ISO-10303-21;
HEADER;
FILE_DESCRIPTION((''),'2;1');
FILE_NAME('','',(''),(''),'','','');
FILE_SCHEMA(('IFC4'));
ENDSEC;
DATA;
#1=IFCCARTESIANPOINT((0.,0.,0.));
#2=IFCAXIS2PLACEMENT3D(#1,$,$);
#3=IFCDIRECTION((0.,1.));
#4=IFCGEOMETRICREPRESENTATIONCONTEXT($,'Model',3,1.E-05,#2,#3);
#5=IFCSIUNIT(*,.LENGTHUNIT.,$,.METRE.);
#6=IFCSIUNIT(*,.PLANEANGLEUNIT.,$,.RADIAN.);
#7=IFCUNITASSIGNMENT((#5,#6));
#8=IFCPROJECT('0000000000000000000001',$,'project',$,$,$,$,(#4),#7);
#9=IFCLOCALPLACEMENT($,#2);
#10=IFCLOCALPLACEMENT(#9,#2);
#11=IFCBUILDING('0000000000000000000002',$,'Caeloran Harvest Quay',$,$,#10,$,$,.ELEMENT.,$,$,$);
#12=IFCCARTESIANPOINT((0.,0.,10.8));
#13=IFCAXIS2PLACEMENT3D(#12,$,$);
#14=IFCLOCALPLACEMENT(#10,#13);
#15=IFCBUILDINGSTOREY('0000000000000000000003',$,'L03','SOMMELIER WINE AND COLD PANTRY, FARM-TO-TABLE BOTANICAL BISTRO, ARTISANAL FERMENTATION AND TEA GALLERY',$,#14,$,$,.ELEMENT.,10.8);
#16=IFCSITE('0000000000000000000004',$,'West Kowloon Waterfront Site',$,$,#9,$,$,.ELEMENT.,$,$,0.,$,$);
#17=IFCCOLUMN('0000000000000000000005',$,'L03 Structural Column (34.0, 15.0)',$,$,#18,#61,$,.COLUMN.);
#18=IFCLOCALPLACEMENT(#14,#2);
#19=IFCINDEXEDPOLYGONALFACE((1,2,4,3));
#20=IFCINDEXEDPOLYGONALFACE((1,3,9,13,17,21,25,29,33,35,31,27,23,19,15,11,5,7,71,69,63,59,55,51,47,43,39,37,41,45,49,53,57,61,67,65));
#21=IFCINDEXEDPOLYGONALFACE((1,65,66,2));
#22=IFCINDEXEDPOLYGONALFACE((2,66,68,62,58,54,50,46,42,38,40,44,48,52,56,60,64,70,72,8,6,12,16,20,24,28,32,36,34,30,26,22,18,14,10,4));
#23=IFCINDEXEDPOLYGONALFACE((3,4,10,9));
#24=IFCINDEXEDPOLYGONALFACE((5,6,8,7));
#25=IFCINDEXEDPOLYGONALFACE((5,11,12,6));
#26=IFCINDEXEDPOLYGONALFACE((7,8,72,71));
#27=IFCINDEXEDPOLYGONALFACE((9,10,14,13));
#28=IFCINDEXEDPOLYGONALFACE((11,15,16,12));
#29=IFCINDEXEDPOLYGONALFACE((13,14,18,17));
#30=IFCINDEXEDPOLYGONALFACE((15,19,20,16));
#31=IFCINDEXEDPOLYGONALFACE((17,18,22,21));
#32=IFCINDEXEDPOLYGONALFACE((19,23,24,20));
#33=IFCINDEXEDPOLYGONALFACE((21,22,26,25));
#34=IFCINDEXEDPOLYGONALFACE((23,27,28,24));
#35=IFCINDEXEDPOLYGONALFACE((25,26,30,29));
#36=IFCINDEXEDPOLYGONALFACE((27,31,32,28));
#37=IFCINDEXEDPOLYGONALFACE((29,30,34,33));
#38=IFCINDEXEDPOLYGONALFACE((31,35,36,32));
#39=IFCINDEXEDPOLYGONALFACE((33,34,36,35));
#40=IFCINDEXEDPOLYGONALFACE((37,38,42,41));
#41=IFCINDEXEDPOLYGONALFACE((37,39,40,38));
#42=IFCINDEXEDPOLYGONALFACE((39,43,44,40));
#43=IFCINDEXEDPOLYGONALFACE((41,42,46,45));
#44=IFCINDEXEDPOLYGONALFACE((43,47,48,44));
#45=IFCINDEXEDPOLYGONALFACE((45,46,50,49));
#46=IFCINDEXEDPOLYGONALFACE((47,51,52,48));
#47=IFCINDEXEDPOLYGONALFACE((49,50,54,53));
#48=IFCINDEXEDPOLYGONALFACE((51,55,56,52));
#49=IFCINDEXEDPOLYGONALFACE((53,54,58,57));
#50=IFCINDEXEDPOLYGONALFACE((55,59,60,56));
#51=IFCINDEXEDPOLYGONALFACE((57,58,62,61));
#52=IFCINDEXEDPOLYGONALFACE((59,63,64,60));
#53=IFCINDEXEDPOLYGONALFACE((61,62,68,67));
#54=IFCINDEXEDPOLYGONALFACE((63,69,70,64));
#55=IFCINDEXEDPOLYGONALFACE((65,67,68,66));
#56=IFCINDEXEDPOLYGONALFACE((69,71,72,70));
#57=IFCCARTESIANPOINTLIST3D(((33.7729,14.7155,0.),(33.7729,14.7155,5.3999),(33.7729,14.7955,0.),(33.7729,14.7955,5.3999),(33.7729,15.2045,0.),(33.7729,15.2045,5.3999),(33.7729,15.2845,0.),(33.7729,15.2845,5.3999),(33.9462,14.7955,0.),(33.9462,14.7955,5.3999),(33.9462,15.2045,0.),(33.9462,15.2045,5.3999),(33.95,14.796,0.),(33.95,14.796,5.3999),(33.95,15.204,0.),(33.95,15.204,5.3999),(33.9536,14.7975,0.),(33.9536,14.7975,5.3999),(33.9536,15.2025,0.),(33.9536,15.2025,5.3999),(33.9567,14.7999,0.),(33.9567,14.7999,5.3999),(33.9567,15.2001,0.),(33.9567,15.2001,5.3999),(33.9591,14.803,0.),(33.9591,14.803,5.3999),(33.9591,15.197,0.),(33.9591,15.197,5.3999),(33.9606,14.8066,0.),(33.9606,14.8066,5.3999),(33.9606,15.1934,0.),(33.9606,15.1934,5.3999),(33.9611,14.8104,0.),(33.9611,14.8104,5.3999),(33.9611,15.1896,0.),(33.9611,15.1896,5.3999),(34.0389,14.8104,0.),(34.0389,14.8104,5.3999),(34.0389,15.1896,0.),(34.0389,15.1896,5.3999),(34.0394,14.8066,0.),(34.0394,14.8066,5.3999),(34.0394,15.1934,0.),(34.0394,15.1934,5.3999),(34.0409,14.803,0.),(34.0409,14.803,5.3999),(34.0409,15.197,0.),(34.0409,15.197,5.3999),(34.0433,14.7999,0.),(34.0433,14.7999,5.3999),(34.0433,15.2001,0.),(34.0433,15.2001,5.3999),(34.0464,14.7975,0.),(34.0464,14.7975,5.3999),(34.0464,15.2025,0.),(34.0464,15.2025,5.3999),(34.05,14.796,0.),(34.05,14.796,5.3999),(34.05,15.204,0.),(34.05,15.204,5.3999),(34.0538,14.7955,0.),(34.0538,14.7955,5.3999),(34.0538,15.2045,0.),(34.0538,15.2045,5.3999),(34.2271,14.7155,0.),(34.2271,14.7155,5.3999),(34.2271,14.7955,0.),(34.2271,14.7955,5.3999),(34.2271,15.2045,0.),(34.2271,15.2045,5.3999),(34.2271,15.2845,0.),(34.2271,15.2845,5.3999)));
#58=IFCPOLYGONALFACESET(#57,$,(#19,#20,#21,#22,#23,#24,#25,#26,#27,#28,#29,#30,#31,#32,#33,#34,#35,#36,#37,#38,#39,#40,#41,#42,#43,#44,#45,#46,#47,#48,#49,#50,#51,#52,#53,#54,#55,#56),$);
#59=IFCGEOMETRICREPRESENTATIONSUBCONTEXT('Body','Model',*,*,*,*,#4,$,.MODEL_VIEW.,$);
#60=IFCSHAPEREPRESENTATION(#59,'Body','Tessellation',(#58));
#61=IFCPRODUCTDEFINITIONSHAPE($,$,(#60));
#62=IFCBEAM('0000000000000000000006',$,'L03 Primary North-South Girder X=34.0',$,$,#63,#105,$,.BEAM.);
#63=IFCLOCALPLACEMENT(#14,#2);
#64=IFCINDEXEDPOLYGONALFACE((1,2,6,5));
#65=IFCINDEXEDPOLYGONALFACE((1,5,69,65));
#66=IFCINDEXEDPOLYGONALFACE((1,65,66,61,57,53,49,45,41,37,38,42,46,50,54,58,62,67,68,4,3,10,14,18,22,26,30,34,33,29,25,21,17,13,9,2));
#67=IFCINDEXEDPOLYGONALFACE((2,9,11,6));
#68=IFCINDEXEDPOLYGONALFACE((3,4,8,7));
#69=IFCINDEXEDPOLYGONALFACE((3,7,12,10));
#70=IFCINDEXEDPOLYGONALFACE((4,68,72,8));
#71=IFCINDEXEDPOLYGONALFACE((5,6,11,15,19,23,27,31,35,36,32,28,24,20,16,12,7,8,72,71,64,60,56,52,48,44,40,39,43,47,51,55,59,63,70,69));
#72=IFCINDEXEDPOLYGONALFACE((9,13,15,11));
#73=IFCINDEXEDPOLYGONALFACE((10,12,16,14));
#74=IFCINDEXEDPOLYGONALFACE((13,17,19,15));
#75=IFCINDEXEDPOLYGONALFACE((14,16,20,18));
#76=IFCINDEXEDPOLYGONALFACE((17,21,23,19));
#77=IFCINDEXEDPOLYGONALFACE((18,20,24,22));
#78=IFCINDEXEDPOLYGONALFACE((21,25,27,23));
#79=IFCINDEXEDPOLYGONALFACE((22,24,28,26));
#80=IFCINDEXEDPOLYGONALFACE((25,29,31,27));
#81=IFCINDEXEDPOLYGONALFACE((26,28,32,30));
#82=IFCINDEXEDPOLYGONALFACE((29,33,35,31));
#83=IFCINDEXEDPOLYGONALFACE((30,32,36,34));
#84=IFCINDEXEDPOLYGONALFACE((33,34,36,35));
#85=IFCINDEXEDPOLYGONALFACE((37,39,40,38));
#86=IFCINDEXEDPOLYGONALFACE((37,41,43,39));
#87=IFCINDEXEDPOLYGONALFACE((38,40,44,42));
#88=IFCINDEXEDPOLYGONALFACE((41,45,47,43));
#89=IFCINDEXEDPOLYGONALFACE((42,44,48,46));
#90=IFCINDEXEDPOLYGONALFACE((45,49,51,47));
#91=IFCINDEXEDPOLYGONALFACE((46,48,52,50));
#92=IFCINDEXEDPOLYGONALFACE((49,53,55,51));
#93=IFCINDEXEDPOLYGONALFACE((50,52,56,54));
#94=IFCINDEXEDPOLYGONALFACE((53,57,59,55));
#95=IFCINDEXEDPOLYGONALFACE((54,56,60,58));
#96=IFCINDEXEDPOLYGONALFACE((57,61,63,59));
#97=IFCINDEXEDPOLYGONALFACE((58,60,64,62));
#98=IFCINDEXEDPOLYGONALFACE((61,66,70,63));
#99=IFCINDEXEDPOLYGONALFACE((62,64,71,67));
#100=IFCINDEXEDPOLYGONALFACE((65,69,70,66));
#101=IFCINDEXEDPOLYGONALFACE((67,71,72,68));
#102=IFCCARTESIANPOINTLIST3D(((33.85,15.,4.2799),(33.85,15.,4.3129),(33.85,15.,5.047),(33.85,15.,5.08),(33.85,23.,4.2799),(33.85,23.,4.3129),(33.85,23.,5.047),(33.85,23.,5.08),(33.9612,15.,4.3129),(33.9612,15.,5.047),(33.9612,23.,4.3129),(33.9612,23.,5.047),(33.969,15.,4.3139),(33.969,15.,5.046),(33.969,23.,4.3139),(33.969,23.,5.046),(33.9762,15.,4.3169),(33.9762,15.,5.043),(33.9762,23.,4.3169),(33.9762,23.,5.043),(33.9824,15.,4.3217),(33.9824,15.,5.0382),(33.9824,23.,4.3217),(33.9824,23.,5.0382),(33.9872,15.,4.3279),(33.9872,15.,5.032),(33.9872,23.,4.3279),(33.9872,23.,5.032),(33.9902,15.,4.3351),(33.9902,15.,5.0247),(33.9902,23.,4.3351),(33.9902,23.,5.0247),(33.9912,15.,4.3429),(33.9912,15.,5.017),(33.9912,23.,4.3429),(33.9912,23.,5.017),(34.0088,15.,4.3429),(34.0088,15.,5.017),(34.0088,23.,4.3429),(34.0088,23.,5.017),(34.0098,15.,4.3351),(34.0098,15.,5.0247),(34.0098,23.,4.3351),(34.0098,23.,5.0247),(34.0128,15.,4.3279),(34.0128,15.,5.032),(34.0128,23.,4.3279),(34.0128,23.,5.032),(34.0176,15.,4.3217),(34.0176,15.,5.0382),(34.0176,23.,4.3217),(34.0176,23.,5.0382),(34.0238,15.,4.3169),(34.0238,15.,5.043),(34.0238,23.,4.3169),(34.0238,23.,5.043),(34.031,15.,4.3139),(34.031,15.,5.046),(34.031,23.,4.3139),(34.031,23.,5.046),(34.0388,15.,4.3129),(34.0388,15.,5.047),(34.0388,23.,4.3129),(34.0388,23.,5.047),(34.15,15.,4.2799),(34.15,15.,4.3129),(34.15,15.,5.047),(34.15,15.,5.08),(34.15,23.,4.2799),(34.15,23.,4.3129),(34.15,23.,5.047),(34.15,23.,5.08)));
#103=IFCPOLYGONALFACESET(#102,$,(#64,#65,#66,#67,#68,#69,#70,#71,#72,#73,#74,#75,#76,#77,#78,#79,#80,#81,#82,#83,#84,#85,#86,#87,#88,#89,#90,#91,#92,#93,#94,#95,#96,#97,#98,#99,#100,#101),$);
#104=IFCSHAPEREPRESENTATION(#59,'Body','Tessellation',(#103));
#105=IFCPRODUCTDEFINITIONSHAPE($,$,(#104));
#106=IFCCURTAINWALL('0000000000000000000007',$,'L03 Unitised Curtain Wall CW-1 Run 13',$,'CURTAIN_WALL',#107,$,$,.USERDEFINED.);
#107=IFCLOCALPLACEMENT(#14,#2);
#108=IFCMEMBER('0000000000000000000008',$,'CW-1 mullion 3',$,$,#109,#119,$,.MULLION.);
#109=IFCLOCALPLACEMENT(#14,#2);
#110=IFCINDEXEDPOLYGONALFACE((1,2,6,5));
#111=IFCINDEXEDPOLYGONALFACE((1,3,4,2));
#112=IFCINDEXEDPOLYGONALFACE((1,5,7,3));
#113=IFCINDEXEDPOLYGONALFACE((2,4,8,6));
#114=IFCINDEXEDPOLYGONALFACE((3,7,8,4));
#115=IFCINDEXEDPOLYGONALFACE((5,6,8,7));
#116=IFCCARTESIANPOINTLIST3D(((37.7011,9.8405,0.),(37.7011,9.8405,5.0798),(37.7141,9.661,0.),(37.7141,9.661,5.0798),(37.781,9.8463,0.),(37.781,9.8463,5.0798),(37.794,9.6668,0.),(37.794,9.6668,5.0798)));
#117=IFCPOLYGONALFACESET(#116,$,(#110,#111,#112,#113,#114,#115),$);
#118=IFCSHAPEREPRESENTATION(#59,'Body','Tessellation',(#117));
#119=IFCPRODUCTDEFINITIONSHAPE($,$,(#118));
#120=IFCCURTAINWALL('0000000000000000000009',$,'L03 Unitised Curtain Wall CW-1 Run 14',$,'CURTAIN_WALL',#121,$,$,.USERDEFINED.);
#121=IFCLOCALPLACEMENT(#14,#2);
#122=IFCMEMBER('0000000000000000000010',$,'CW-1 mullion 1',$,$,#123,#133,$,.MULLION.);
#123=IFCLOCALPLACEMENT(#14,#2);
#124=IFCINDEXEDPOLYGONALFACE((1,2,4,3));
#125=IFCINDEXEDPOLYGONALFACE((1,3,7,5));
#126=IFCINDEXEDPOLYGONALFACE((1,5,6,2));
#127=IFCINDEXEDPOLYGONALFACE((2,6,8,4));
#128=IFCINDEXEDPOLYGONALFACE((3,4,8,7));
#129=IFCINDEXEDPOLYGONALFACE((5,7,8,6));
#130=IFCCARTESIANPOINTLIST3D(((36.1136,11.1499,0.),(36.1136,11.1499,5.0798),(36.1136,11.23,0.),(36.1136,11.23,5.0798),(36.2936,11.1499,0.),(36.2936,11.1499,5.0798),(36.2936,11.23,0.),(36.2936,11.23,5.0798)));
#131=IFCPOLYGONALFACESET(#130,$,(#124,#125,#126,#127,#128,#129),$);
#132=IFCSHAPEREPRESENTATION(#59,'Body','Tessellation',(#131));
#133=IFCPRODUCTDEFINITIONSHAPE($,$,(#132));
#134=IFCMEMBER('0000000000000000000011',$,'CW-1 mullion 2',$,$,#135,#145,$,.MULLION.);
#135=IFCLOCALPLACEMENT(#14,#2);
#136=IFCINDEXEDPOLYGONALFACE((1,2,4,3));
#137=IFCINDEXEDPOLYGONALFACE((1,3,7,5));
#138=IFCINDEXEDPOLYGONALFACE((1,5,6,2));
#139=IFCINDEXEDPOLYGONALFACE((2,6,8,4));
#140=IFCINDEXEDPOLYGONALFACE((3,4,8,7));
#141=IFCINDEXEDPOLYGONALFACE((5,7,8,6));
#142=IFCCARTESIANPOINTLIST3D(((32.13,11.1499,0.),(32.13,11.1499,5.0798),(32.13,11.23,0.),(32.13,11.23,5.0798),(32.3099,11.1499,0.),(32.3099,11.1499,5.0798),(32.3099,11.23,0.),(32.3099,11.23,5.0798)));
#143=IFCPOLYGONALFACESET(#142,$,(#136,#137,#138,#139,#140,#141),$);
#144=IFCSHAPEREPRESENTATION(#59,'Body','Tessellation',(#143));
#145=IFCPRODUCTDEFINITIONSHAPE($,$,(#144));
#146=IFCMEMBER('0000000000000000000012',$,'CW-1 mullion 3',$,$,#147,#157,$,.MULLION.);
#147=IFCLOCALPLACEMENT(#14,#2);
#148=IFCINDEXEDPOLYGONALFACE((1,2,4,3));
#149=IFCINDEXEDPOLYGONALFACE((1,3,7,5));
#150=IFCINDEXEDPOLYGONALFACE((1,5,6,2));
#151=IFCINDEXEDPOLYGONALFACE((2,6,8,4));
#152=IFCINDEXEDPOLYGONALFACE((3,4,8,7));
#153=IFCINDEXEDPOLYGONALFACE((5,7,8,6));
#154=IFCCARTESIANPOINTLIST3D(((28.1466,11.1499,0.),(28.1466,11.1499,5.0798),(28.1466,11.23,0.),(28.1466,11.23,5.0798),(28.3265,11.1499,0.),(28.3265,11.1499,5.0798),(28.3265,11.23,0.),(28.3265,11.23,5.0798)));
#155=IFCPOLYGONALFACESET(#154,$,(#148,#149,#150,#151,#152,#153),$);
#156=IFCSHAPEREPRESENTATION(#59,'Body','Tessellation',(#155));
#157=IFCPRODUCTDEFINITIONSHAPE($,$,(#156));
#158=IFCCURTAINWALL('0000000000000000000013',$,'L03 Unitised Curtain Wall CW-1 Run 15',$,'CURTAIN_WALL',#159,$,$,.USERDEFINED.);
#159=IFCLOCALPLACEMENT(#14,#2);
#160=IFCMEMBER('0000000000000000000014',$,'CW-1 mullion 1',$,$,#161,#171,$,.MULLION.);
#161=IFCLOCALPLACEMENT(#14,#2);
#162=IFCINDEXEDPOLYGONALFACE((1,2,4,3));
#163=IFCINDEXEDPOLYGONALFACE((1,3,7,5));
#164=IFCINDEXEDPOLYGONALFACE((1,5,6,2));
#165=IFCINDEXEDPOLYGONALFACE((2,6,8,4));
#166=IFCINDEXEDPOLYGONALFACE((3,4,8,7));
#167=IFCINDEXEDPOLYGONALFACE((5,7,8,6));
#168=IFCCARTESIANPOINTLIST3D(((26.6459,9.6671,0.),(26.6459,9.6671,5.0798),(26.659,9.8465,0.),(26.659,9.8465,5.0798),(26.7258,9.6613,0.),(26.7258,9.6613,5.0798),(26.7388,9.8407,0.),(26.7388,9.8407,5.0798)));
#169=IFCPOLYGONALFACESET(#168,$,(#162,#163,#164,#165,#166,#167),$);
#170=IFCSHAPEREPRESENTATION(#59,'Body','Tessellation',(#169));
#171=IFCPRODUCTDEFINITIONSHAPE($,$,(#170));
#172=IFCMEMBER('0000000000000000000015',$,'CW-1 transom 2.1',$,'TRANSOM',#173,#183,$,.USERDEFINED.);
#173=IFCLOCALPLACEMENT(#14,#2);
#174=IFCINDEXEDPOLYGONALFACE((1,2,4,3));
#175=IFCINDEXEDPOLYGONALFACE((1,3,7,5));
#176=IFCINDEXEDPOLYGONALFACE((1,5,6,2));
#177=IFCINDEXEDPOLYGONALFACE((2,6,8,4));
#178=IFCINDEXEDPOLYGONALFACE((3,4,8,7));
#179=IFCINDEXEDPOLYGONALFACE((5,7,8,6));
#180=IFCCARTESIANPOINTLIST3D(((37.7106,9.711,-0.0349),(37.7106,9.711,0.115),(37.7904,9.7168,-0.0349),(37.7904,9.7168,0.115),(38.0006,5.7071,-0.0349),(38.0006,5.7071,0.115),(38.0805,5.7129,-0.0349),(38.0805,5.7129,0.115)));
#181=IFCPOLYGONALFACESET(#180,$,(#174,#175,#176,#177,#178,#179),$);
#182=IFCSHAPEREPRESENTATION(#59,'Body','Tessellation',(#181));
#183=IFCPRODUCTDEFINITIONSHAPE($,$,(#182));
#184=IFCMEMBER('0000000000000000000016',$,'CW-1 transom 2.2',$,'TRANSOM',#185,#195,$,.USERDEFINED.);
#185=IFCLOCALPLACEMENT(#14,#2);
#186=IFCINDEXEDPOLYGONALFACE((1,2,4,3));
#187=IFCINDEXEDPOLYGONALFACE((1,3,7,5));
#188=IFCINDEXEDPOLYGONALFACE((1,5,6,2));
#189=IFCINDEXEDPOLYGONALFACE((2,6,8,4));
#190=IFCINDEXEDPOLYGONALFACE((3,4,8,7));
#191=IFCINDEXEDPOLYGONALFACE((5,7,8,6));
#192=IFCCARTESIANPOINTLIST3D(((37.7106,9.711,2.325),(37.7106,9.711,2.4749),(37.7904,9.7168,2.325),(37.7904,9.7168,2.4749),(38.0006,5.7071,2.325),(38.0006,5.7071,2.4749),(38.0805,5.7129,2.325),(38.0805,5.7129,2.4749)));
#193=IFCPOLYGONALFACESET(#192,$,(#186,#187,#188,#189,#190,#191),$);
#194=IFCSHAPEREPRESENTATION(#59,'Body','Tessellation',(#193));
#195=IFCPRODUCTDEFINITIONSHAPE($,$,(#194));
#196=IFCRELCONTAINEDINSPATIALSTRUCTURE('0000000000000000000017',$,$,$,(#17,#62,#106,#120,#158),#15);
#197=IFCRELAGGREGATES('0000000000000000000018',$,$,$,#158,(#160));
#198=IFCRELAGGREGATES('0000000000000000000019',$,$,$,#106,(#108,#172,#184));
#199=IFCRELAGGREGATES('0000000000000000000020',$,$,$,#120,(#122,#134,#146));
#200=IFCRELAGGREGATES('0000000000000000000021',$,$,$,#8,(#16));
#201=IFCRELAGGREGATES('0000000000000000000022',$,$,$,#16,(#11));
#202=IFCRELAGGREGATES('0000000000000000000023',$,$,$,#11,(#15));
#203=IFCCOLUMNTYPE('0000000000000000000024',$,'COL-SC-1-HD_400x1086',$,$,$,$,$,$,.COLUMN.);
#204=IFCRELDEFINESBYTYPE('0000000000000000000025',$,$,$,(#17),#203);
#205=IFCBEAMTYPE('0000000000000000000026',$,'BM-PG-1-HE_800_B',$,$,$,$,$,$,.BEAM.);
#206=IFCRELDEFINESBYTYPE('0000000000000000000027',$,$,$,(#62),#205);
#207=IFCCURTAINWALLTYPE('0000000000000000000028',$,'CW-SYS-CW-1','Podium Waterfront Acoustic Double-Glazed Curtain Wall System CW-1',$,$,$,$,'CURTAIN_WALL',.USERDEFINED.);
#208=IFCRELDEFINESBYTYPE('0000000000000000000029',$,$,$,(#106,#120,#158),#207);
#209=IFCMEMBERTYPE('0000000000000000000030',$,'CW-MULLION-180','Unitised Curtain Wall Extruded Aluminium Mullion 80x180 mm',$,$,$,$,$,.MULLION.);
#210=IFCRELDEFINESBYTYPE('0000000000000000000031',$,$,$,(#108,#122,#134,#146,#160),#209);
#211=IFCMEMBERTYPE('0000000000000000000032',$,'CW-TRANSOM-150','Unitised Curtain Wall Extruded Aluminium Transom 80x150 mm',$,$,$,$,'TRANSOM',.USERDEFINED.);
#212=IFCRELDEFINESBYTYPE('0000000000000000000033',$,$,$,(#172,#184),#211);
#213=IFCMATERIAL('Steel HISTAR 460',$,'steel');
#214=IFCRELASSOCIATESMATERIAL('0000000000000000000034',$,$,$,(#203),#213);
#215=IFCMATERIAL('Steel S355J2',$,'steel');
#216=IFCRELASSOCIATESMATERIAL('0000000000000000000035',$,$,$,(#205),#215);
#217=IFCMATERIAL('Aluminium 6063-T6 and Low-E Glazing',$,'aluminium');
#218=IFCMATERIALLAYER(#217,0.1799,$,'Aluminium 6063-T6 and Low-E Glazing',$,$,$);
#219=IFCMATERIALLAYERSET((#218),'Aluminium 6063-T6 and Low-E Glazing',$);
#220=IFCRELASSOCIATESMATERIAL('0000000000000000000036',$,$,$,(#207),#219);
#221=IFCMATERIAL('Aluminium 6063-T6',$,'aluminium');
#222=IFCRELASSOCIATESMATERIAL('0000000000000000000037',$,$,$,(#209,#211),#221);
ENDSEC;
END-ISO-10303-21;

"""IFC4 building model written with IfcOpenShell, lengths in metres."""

from ifc_helpers import new_model, si_unit, direction, frame, origin, origin_2d, place, context, subcontext, project, spatial, rectangle, i_section, extrude, material, layer, layer_set, material_profile, profile_set, type_object, element, aggregate, save


model = new_model("IFC4")

# Units and contexts
model_context = context("Model", 3, precision=1e-05, world=origin(), true_north=direction((0.0, 1.0)))
body_context = subcontext(model_context, "Body", "Model", "MODEL_VIEW")
ifc_project = project(units=[si_unit("LENGTHUNIT", "METRE"), si_unit("PLANEANGLEUNIT", "RADIAN")], contexts=[model_context])

# Site, building, storey
site_placement = place(None, origin())
site = spatial("IfcSite", under=ifc_project, at=site_placement, Name="West Kowloon Waterfront Site", CompositionType="ELEMENT", RefElevation=0.0)
building_placement = place(site_placement, origin())
building = spatial("IfcBuilding", under=site, at=building_placement, Name="Caeloran Harvest Quay", CompositionType="ELEMENT")
storey_placement = place(building_placement, frame((0.0, 0.0, 10.8)))
storey = spatial("IfcBuildingStorey", under=building, at=storey_placement, Name="L03", Description="SOMMELIER WINE AND COLD PANTRY, FARM-TO-TABLE BOTANICAL BISTRO, ARTISANAL FERMENTATION AND TEA GALLERY", CompositionType="ELEMENT", Elevation=10.8)

# Column
ifc_material_1 = material(Name="Steel HISTAR 460", Category="steel")
ifc_material_profile_1 = material_profile(ifc_material_1, i_section(OverallWidth=0.4541, OverallDepth=0.5691, WebThickness=0.0779, FlangeThickness=0.0801, FilletRadius=0.0149, at=origin_2d()), Name="HD 400x1086")
ifc_profile_set_1 = profile_set([ifc_material_profile_1], Name="Steel HISTAR 460")
column_type = type_object("IfcColumnType", Name="COL-SC-1-HD_400x1086", PredefinedType="COLUMN", material=ifc_profile_set_1)
column_placement = place(storey_placement, frame((34.0, 15.0, 0.0), z_axis=(0.0, 0.0, 1.0), x_axis=(1.0, 0.0, 0.0)))
element("IfcColumn", 1, at=column_placement, inside=storey, type_object=column_type, Name="L03 Structural Column (34.0, 15.0)", PredefinedType="COLUMN", context=body_context, shape_type="SweptSolid", body=[
    extrude(i_section(OverallWidth=0.4541, OverallDepth=0.5691, WebThickness=0.0779, FlangeThickness=0.0801, FilletRadius=0.0149, at=origin_2d()), origin(), (0.0, 0.0, 1.0), 5.3999),
])

# Beam
ifc_material_2 = material(Name="Steel S355J2", Category="steel")
ifc_material_profile_2 = material_profile(ifc_material_2, i_section(OverallWidth=0.3, OverallDepth=0.8, WebThickness=0.0176, FlangeThickness=0.033, FilletRadius=0.03, at=origin_2d()), Name="HE 800 B")
ifc_profile_set_2 = profile_set([ifc_material_profile_2], Name="Steel S355J2")
beam_type = type_object("IfcBeamType", Name="BM-PG-1-HE_800_B", PredefinedType="BEAM", material=ifc_profile_set_2)
beam_placement = place(storey_placement, frame((34.0, 15.0, 4.6799), z_axis=(0.0, 1.0, 0.0), x_axis=(-1.0, 0.0, 0.0)))
element("IfcBeam", 2, at=beam_placement, inside=storey, type_object=beam_type, Name="L03 Primary North-South Girder X=34.0", PredefinedType="BEAM", context=body_context, shape_type="SweptSolid", body=[
    extrude(i_section(OverallWidth=0.3, OverallDepth=0.8, WebThickness=0.0176, FlangeThickness=0.033, FilletRadius=0.03, at=origin_2d()), origin(), (0.0, 0.0, 1.0), 8.0),
])

# Curtain wall, member
ifc_material_3 = material(Name="Aluminium 6063-T6 and Low-E Glazing", Category="aluminium")
ifc_layer_1 = layer(ifc_material_3, 0.1799, Name="Aluminium 6063-T6 and Low-E Glazing")
ifc_layer_set_1 = layer_set([ifc_layer_1], Name="Aluminium 6063-T6 and Low-E Glazing")
curtain_wall_type = type_object("IfcCurtainWallType", Name="CW-SYS-CW-1", Description="Podium Waterfront Acoustic Double-Glazed Curtain Wall System CW-1", ElementType="CURTAIN_WALL", PredefinedType="USERDEFINED", material=ifc_layer_set_1)
curtain_wall_1_placement = place(storey_placement, origin())
curtain_wall_1 = element("IfcCurtainWall", 3, at=curtain_wall_1_placement, inside=storey, type_object=curtain_wall_type, Name="L03 Unitised Curtain Wall CW-1 Run 13", ObjectType="CURTAIN_WALL", PredefinedType="USERDEFINED")
ifc_material_4 = material(Name="Aluminium 6063-T6", Category="aluminium")
ifc_material_profile_3 = material_profile(ifc_material_4, rectangle(XDim=0.0801, YDim=0.1799, at=origin_2d()), Name="CW-MULLION-180")
ifc_profile_set_3 = profile_set([ifc_material_profile_3], Name="Aluminium 6063-T6")
member_type_1 = type_object("IfcMemberType", Name="CW-MULLION-180", Description="Unitised Curtain Wall Extruded Aluminium Mullion 80x180 mm", PredefinedType="MULLION", material=ifc_profile_set_3)
member_1_placement = place(storey_placement, frame((37.7476, 9.7537, 0.0), z_axis=(0.0, 0.0, 1.0), x_axis=(-0.997385, -0.072271, 0.0)))
member_1 = element("IfcMember", 4, at=member_1_placement, type_object=member_type_1, Name="CW-1 mullion 3", PredefinedType="MULLION", context=body_context, shape_type="SweptSolid", body=[
    extrude(rectangle(XDim=0.0801, YDim=0.1799, at=origin_2d()), origin(), (0.0, 0.0, 1.0), 5.0798),
])

# Curtain wall, members
curtain_wall_2_placement = place(storey_placement, origin())
curtain_wall_2 = element("IfcCurtainWall", 5, at=curtain_wall_2_placement, inside=storey, type_object=curtain_wall_type, Name="L03 Unitised Curtain Wall CW-1 Run 14", ObjectType="CURTAIN_WALL", PredefinedType="USERDEFINED")
member_2_placement = place(storey_placement, frame((36.2036, 11.1899, 0.0), z_axis=(0.0, 0.0, 1.0), x_axis=(0.0, -1.0, 0.0)))
member_2 = element("IfcMember", 6, at=member_2_placement, type_object=member_type_1, Name="CW-1 mullion 1", PredefinedType="MULLION", context=body_context, shape_type="SweptSolid", body=[
    extrude(rectangle(XDim=0.0801, YDim=0.1799, at=origin_2d()), origin(), (0.0, 0.0, 1.0), 5.0798),
])
member_3_placement = place(storey_placement, frame((32.22, 11.1899, 0.0), z_axis=(0.0, 0.0, 1.0), x_axis=(0.0, -1.0, 0.0)))
member_3 = element("IfcMember", 7, at=member_3_placement, type_object=member_type_1, Name="CW-1 mullion 2", PredefinedType="MULLION", context=body_context, shape_type="SweptSolid", body=[
    extrude(rectangle(XDim=0.0801, YDim=0.1799, at=origin_2d()), origin(), (0.0, 0.0, 1.0), 5.0798),
])
member_4_placement = place(storey_placement, frame((28.2366, 11.1899, 0.0), z_axis=(0.0, 0.0, 1.0), x_axis=(0.0, -1.0, 0.0)))
member_4 = element("IfcMember", 8, at=member_4_placement, type_object=member_type_1, Name="CW-1 mullion 3", PredefinedType="MULLION", context=body_context, shape_type="SweptSolid", body=[
    extrude(rectangle(XDim=0.0801, YDim=0.1799, at=origin_2d()), origin(), (0.0, 0.0, 1.0), 5.0798),
])

# Curtain wall, member
curtain_wall_3_placement = place(storey_placement, origin())
curtain_wall_3 = element("IfcCurtainWall", 9, at=curtain_wall_3_placement, inside=storey, type_object=curtain_wall_type, Name="L03 Unitised Curtain Wall CW-1 Run 15", ObjectType="CURTAIN_WALL", PredefinedType="USERDEFINED")
member_5_placement = place(storey_placement, frame((26.6924, 9.7539, 0.0), z_axis=(0.0, 0.0, 1.0), x_axis=(0.997385, -0.072271, 0.0)))
member_5 = element("IfcMember", 10, at=member_5_placement, type_object=member_type_1, Name="CW-1 mullion 1", PredefinedType="MULLION", context=body_context, shape_type="SweptSolid", body=[
    extrude(rectangle(XDim=0.0801, YDim=0.1799, at=origin_2d()), origin(), (0.0, 0.0, 1.0), 5.0798),
])

# Members
ifc_material_profile_4 = material_profile(ifc_material_4, rectangle(XDim=0.0801, YDim=0.1499, at=origin_2d()), Name="CW-TRANSOM-150")
ifc_profile_set_4 = profile_set([ifc_material_profile_4], Name="Aluminium 6063-T6")
member_type_2 = type_object("IfcMemberType", Name="CW-TRANSOM-150", Description="Unitised Curtain Wall Extruded Aluminium Transom 80x150 mm", ElementType="TRANSOM", PredefinedType="USERDEFINED", material=ifc_profile_set_4)
member_6_placement = place(storey_placement, frame((38.0405, 5.71, 0.04), z_axis=(-0.07225, 0.997387, 0.0), x_axis=(-0.997387, -0.07225, 0.0)))
member_6 = element("IfcMember", 11, at=member_6_placement, type_object=member_type_2, Name="CW-1 transom 2.1", ObjectType="TRANSOM", PredefinedType="USERDEFINED", context=body_context, shape_type="SweptSolid", body=[
    extrude(rectangle(XDim=0.0801, YDim=0.1499, at=origin_2d()), origin(), (0.0, 0.0, 1.0), 4.0144),
])
member_7_placement = place(storey_placement, frame((38.0405, 5.71, 2.3999), z_axis=(-0.07225, 0.997387, 0.0), x_axis=(-0.997387, -0.07225, 0.0)))
member_7 = element("IfcMember", 12, at=member_7_placement, type_object=member_type_2, Name="CW-1 transom 2.2", ObjectType="TRANSOM", PredefinedType="USERDEFINED", context=body_context, shape_type="SweptSolid", body=[
    extrude(rectangle(XDim=0.0801, YDim=0.1499, at=origin_2d()), origin(), (0.0, 0.0, 1.0), 4.0144),
])
aggregate(curtain_wall_3, [member_5])

aggregate(curtain_wall_1, [member_1, member_6, member_7])
aggregate(curtain_wall_2, [member_2, member_3, member_4])

save(model, "model.ifc")
